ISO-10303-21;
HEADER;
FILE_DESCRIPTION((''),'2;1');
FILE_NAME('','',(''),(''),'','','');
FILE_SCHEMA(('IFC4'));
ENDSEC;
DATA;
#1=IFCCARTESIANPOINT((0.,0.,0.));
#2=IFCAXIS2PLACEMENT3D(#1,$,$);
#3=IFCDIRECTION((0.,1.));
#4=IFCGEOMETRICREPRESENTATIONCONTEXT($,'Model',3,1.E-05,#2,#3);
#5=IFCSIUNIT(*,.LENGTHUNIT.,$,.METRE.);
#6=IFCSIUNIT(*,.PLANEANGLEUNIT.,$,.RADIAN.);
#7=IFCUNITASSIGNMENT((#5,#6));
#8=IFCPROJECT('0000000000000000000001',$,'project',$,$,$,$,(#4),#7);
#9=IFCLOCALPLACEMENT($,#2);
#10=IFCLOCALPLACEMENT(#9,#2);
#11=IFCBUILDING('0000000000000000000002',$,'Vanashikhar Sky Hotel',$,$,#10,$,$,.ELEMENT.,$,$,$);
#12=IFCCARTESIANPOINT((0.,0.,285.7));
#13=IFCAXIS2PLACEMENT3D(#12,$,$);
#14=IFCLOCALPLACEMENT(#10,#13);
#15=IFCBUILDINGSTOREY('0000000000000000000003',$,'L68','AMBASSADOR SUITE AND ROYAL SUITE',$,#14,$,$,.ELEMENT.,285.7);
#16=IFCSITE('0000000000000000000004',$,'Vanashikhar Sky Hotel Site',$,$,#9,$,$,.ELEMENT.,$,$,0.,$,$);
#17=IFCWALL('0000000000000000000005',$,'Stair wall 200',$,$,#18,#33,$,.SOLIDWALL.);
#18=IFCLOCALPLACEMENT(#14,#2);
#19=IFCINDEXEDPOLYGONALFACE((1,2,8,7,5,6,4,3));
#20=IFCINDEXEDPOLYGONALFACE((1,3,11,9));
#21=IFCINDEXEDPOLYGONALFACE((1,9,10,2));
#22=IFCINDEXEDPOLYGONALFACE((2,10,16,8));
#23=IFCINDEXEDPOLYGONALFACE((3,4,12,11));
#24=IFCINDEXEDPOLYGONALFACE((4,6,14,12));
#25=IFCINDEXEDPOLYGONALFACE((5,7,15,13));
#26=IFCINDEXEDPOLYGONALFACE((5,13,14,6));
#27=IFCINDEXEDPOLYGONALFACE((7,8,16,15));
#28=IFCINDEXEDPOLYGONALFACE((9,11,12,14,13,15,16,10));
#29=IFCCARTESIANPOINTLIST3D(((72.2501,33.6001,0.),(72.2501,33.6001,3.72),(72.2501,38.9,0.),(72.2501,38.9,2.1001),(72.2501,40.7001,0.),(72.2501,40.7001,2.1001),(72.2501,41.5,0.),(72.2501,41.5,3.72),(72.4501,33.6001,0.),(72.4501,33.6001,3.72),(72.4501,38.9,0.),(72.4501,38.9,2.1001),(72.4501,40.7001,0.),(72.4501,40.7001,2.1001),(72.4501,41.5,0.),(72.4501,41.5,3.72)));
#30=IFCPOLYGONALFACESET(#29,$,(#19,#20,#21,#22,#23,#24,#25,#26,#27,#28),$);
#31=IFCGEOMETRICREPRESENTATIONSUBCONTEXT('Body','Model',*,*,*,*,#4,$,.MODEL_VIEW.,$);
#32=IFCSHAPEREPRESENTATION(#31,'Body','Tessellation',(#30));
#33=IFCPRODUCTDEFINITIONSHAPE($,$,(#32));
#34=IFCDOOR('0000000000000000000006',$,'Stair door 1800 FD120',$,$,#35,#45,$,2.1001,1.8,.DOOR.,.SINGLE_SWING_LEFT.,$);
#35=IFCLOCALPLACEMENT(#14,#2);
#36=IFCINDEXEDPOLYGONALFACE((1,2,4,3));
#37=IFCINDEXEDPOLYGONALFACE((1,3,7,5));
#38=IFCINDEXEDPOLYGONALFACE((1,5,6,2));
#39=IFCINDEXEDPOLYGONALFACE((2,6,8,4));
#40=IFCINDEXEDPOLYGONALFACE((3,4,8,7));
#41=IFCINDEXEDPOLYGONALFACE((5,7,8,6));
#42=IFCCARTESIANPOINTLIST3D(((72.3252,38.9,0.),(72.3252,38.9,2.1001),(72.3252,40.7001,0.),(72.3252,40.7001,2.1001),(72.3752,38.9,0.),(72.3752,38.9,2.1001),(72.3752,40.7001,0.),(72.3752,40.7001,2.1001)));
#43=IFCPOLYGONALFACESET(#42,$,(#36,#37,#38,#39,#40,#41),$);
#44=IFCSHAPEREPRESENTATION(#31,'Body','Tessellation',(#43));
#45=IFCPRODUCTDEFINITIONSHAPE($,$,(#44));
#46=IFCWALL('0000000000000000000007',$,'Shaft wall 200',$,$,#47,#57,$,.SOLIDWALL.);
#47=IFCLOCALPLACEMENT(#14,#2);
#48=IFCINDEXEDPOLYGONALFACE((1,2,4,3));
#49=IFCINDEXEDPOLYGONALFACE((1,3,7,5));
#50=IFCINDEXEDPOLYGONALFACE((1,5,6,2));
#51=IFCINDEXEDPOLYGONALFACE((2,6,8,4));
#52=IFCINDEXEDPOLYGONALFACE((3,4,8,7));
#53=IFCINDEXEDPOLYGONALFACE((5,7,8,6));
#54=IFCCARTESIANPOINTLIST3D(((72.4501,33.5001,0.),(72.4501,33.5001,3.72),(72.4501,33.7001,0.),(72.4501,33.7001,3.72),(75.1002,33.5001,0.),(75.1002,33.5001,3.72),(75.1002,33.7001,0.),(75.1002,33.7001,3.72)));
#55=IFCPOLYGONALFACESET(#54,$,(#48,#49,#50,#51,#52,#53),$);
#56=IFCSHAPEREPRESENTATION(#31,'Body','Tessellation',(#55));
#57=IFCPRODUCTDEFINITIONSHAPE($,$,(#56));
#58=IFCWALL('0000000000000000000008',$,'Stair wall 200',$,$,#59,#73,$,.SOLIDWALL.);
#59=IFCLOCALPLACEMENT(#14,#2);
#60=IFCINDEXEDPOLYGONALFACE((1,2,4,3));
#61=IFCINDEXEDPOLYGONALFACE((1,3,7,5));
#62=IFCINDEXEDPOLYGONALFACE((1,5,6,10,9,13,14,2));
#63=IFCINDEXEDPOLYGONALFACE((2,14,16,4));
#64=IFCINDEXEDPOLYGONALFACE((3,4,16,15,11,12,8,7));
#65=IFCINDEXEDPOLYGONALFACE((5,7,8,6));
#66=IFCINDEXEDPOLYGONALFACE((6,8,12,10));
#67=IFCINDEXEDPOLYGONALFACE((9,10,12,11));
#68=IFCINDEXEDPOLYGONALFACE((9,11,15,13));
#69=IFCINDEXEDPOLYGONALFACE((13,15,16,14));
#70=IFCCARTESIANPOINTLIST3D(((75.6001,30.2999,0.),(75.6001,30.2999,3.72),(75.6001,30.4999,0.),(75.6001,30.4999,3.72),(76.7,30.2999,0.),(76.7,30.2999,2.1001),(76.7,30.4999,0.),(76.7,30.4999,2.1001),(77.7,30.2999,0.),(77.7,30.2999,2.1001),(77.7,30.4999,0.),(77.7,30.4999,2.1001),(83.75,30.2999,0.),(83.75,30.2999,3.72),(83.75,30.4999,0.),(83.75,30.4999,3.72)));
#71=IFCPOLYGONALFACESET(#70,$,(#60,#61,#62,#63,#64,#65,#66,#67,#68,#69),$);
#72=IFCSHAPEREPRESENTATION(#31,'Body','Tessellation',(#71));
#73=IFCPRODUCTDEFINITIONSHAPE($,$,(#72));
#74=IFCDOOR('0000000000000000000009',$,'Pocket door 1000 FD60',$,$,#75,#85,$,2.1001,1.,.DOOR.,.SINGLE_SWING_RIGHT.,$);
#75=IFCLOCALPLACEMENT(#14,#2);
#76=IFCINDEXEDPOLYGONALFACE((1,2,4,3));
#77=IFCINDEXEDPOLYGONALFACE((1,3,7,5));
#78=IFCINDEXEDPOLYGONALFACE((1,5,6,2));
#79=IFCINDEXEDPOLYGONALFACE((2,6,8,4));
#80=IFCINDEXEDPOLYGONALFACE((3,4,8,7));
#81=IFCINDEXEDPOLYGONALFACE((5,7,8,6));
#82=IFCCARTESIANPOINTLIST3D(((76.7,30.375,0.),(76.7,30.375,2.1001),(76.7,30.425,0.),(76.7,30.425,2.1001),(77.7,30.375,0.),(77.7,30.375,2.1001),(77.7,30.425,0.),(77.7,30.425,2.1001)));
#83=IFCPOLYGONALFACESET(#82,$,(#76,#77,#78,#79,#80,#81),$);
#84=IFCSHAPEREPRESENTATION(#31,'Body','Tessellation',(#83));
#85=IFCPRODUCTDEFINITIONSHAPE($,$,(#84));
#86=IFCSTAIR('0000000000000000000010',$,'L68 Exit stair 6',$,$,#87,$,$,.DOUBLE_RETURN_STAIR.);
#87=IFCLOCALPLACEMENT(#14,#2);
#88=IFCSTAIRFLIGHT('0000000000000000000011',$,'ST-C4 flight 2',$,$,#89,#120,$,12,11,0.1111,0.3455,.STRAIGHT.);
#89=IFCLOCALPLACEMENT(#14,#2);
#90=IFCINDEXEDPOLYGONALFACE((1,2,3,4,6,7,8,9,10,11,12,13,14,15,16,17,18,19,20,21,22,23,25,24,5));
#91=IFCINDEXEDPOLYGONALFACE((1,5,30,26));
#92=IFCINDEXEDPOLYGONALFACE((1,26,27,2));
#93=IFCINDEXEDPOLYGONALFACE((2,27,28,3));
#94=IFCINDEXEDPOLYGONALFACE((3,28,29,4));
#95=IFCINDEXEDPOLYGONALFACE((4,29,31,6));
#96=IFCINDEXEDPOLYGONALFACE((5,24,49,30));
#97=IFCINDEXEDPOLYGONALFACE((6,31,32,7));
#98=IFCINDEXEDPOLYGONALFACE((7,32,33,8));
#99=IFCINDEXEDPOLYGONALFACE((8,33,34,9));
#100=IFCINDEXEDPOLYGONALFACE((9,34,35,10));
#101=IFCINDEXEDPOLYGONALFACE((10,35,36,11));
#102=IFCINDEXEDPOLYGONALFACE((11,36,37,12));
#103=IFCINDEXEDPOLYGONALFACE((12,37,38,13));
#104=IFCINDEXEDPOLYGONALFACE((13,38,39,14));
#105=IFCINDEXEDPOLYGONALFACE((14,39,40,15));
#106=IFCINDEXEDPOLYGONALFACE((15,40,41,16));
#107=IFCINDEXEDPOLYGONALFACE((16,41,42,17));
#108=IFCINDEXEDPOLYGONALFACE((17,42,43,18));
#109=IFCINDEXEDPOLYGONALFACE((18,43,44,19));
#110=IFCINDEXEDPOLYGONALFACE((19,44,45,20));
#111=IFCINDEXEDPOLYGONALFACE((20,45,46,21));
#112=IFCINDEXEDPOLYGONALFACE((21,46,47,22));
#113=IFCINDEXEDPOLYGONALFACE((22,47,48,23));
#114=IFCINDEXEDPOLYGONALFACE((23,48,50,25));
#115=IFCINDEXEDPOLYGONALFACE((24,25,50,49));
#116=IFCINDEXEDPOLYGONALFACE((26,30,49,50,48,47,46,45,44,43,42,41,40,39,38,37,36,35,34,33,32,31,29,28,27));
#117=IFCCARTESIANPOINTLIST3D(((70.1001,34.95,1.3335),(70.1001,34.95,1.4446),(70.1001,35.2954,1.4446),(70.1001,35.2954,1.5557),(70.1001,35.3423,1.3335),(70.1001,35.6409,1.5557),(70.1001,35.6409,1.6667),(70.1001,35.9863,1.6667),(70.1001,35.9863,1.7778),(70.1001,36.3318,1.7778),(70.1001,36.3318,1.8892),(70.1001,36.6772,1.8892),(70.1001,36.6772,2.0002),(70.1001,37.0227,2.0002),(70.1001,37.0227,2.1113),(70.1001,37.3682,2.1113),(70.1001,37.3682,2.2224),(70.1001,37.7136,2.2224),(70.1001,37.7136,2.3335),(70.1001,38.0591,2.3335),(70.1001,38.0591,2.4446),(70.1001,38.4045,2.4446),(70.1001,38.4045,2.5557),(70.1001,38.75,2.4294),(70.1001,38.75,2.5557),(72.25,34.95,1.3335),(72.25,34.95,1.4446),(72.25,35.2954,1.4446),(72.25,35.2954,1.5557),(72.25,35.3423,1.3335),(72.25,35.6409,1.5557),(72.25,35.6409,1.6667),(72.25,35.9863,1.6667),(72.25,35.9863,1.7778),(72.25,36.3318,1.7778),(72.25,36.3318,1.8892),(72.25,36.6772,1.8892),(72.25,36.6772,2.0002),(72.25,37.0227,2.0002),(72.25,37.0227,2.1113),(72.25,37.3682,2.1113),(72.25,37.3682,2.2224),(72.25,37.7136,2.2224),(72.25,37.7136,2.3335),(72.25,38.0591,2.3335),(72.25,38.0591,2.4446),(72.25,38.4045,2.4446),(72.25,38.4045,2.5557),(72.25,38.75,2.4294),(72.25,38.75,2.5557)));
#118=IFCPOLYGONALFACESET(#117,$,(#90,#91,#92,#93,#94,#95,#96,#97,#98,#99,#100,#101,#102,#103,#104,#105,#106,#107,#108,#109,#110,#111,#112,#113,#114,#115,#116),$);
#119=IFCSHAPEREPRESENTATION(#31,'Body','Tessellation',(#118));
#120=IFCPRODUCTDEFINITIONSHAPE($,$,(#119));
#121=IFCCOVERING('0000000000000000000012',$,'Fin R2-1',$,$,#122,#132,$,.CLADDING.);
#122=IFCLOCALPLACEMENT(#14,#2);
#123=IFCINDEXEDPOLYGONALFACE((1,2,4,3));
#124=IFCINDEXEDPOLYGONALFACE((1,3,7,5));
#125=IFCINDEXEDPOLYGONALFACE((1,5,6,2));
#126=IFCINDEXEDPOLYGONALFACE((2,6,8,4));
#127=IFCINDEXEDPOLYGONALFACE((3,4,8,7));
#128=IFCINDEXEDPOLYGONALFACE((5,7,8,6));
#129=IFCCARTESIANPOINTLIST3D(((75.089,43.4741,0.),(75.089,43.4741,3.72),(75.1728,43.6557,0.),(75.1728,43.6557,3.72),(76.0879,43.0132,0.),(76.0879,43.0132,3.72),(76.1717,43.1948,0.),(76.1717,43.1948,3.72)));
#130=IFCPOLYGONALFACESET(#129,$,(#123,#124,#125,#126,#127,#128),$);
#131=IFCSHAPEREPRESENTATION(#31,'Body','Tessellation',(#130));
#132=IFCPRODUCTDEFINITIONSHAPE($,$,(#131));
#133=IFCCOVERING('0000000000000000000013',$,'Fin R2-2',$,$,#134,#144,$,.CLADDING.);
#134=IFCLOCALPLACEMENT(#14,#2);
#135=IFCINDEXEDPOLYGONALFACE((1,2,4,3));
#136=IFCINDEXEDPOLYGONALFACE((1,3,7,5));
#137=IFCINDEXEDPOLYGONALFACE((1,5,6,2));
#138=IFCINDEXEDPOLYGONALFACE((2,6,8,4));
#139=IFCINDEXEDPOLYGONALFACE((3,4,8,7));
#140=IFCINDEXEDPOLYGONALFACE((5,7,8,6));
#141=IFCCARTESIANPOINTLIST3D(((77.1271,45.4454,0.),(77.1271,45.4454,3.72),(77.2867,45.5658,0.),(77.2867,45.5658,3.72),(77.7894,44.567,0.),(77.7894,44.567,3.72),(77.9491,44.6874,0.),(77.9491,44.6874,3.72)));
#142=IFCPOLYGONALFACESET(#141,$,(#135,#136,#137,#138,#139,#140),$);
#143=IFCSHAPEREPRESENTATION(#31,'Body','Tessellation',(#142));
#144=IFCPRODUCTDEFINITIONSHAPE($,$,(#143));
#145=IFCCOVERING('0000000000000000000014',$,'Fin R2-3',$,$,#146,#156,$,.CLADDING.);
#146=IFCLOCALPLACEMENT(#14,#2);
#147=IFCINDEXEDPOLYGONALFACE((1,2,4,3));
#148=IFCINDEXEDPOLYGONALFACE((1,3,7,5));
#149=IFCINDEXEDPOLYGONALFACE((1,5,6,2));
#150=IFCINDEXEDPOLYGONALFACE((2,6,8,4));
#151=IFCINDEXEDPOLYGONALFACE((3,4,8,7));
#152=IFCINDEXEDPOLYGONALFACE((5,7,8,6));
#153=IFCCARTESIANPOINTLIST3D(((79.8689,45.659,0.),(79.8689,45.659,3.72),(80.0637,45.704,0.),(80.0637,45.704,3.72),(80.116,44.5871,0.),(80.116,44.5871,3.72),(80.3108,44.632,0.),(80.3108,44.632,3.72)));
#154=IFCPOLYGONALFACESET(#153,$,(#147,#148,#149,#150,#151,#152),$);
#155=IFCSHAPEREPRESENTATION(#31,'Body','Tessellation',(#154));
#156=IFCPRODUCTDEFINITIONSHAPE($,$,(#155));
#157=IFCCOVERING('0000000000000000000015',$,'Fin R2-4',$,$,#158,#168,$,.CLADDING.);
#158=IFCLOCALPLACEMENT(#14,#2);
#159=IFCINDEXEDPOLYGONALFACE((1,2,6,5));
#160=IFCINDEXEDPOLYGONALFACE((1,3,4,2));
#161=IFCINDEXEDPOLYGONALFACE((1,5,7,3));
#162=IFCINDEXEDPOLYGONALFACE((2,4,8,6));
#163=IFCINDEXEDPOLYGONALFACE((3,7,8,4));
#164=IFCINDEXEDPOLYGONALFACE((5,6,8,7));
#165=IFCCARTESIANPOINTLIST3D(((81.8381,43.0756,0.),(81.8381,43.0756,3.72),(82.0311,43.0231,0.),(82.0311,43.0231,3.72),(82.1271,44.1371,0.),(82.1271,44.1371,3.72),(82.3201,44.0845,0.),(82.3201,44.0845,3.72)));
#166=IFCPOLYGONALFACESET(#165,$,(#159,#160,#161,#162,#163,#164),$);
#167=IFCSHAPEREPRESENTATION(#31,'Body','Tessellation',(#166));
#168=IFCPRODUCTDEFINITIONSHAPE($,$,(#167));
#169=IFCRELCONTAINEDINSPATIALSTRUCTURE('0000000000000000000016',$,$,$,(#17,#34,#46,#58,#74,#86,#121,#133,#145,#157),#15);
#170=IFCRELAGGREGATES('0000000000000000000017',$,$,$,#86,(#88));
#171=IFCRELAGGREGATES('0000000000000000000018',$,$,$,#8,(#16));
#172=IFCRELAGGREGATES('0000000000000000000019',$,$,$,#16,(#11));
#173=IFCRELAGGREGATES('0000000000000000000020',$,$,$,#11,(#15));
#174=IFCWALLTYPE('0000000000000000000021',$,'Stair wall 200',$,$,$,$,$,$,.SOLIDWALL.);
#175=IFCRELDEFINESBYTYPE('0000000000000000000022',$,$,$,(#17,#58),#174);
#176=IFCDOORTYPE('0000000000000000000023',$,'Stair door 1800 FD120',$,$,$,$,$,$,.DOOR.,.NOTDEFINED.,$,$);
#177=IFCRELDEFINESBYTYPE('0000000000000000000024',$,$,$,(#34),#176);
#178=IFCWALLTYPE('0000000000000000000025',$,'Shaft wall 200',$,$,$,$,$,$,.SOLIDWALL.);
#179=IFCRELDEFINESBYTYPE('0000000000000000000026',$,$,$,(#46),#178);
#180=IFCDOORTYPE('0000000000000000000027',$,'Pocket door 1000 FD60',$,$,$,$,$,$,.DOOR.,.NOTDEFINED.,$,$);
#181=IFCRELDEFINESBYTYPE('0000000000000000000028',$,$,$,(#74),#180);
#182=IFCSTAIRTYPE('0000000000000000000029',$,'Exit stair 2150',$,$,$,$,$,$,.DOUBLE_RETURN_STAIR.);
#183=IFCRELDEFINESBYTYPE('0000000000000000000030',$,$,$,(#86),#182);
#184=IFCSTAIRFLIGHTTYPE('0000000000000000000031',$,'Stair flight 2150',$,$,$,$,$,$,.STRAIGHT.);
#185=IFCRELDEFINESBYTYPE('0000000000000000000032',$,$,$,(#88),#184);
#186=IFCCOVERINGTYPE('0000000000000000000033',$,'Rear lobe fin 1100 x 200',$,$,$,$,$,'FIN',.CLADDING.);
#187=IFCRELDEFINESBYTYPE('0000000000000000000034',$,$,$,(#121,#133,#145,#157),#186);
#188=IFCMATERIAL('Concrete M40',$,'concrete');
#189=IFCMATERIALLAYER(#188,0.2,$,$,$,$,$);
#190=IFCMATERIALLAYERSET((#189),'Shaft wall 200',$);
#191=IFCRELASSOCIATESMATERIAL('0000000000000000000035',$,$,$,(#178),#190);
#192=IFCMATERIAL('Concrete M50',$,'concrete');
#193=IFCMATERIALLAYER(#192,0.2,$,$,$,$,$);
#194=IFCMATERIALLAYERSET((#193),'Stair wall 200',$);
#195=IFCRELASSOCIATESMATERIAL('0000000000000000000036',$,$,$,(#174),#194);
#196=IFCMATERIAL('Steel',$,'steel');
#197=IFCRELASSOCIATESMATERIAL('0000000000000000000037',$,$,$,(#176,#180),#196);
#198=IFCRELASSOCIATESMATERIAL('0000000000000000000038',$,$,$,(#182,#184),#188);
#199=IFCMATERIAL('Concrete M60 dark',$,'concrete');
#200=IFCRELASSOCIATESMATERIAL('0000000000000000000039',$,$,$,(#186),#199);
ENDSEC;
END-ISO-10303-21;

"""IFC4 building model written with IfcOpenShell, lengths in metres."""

from ifc_helpers import new_model, si_unit, direction, frame, frame_2d, origin, origin_2d, place, context, subcontext, project, spatial, polyline, rectangle, outline, extrude, source, transform, mapped, material, layer, layer_set, material_profile, profile_set, type_object, element, fill, aggregate, save


model = new_model("IFC4")

# Units and contexts
model_context = context("Model", 3, precision=1e-05, world=origin(), true_north=direction((0.0, 1.0)))
body_context = subcontext(model_context, "Body", "Model", "MODEL_VIEW")
ifc_project = project(units=[si_unit("LENGTHUNIT", "METRE"), si_unit("PLANEANGLEUNIT", "RADIAN")], contexts=[model_context])

# Site, building, storey
site_placement = place(None, origin())
site = spatial("IfcSite", under=ifc_project, at=site_placement, Name="Vanashikhar Sky Hotel Site", CompositionType="ELEMENT", RefElevation=0.0)
building_placement = place(site_placement, origin())
building = spatial("IfcBuilding", under=site, at=building_placement, Name="Vanashikhar Sky Hotel", CompositionType="ELEMENT")
storey_placement = place(building_placement, frame((0.0, 0.0, 285.7)))
storey = spatial("IfcBuildingStorey", under=building, at=storey_placement, Name="L68", Description="AMBASSADOR SUITE AND ROYAL SUITE", CompositionType="ELEMENT", Elevation=285.7)

# Shared definitions
ifc_material_1 = material(Name="Concrete M50", Category="concrete")

# Shared definitions
ifc_material_2 = material(Name="Concrete M40", Category="concrete")
ifc_layer_1 = layer(ifc_material_2, 0.2)
ifc_layer_set_1 = layer_set([ifc_layer_1], Name="Shaft wall 200")
wall_type_1 = type_object("IfcWallType", Name="Shaft wall 200", PredefinedType="SOLIDWALL", material=ifc_layer_set_1)

# Wall, opening, door
ifc_layer_2 = layer(ifc_material_1, 0.2)
ifc_layer_set_2 = layer_set([ifc_layer_2], Name="Stair wall 200")
wall_type_2 = type_object("IfcWallType", Name="Stair wall 200", PredefinedType="SOLIDWALL", material=ifc_layer_set_2)
shared_shape_1 = source(origin(), body_context, "Body", "SweptSolid", [
    extrude(rectangle(XDim=7.8999, YDim=0.2, at=frame_2d((3.95, 0.0))), origin(), (0.0, 0.0, 1.0), 3.72),
])
wall_1_placement = place(storey_placement, frame((72.3501, 33.6001, 0.0), z_axis=(0.0, 0.0, 1.0), x_axis=(0.0, 1.0, 0.0)))
wall_1 = element("IfcWall", 1, at=wall_1_placement, inside=storey, type_object=wall_type_2, Name="Stair wall 200", PredefinedType="SOLIDWALL", context=body_context, shape_type="MappedRepresentation", body=[
    mapped(shared_shape_1, transform((0.0, 0.0, 0.0), scale=1.0)),
])
shared_shape_2 = source(origin(), body_context, "Body", "SweptSolid", [
    extrude(rectangle(XDim=1.8, YDim=2.1001, at=frame_2d((0.8999, 1.05))), frame((0.0, 0.1099, 0.0), z_axis=(0.0, -1.0, 0.0), x_axis=(1.0, 0.0, 0.0)), (0.0, 0.0, 1.0), 0.22),
])
opening_1_placement = place(wall_1_placement, frame((5.3, 0.0, 0.0)))
opening_1 = element("IfcOpeningElement", 2, at=opening_1_placement, cuts=wall_1, PredefinedType="OPENING", context=body_context, shape_type="MappedRepresentation", body=[
    mapped(shared_shape_2, transform((0.0, 0.0, 0.0), scale=1.0)),
])
ifc_material_3 = material(Name="Steel", Category="steel")
door_type_1 = type_object("IfcDoorType", Name="Stair door 1800 FD120", OperationType="NOTDEFINED", PredefinedType="DOOR", material=ifc_material_3)
shared_shape_3 = source(origin(), body_context, "Body", "SweptSolid", [
    extrude(rectangle(XDim=1.8, YDim=2.1001, at=frame_2d((0.8999, 1.05))), frame((0.0, 0.0249, 0.0), z_axis=(0.0, -1.0, 0.0), x_axis=(1.0, 0.0, 0.0)), (0.0, 0.0, 1.0), 0.05),
])
door_1_placement = place(opening_1_placement, origin())
door_1 = element("IfcDoor", 3, at=door_1_placement, inside=storey, type_object=door_type_1, Name="Stair door 1800 FD120", OperationType="SINGLE_SWING_LEFT", OverallHeight=2.1001, OverallWidth=1.8, PredefinedType="DOOR", context=body_context, shape_type="MappedRepresentation", body=[
    mapped(shared_shape_3, transform((0.0, 0.0, 0.0), scale=1.0)),
])
fill(opening_1, door_1)

# Wall
shared_shape_4 = source(origin(), body_context, "Body", "SweptSolid", [
    extrude(rectangle(XDim=2.6501, YDim=0.2, at=frame_2d((1.3252, 0.0))), origin(), (0.0, 0.0, 1.0), 3.72),
])
wall_2_placement = place(storey_placement, frame((72.45, 33.6001, 0.0), z_axis=(0.0, 0.0, 1.0), x_axis=(1.0, 0.0, 0.0)))
element("IfcWall", 4, at=wall_2_placement, inside=storey, type_object=wall_type_1, Name="Shaft wall 200", PredefinedType="SOLIDWALL", context=body_context, shape_type="MappedRepresentation", body=[
    mapped(shared_shape_4, transform((0.0, 0.0, 0.0), scale=1.0)),
])

# Wall, opening, door
shared_shape_5 = source(origin(), body_context, "Body", "SweptSolid", [
    extrude(rectangle(XDim=8.1499, YDim=0.2, at=frame_2d((4.075, 0.0))), origin(), (0.0, 0.0, 1.0), 3.72),
])
wall_3_placement = place(storey_placement, frame((83.75, 30.3999, 0.0), z_axis=(0.0, 0.0, 1.0), x_axis=(-1.0, 0.0, 0.0)))
wall_3 = element("IfcWall", 5, at=wall_3_placement, inside=storey, type_object=wall_type_2, Name="Stair wall 200", PredefinedType="SOLIDWALL", context=body_context, shape_type="MappedRepresentation", body=[
    mapped(shared_shape_5, transform((0.0, 0.0, 0.0), scale=1.0)),
])
shared_shape_6 = source(origin(), body_context, "Body", "SweptSolid", [
    extrude(rectangle(XDim=1.0, YDim=2.1001, at=frame_2d((0.5, 1.05))), frame((0.0, 0.1099, 0.0), z_axis=(0.0, -1.0, 0.0), x_axis=(1.0, 0.0, 0.0)), (0.0, 0.0, 1.0), 0.22),
])
opening_2_placement = place(wall_3_placement, frame((6.05, 0.0, 0.0)))
opening_2 = element("IfcOpeningElement", 6, at=opening_2_placement, cuts=wall_3, PredefinedType="OPENING", context=body_context, shape_type="MappedRepresentation", body=[
    mapped(shared_shape_6, transform((0.0, 0.0, 0.0), scale=1.0)),
])
door_type_2 = type_object("IfcDoorType", Name="Pocket door 1000 FD60", OperationType="NOTDEFINED", PredefinedType="DOOR", material=ifc_material_3)
shared_shape_7 = source(origin(), body_context, "Body", "SweptSolid", [
    extrude(rectangle(XDim=1.0, YDim=2.1001, at=frame_2d((0.5, 1.05))), frame((0.0, 0.0249, 0.0), z_axis=(0.0, -1.0, 0.0), x_axis=(1.0, 0.0, 0.0)), (0.0, 0.0, 1.0), 0.05),
])
door_2_placement = place(opening_2_placement, origin())
door_2 = element("IfcDoor", 7, at=door_2_placement, inside=storey, type_object=door_type_2, Name="Pocket door 1000 FD60", OperationType="SINGLE_SWING_RIGHT", OverallHeight=2.1001, OverallWidth=1.0, PredefinedType="DOOR", context=body_context, shape_type="MappedRepresentation", body=[
    mapped(shared_shape_7, transform((0.0, 0.0, 0.0), scale=1.0)),
])
fill(opening_2, door_2)

# Stair, stair flight
stair_type = type_object("IfcStairType", Name="Exit stair 2150", PredefinedType="DOUBLE_RETURN_STAIR", material=ifc_material_2)
stair_placement = place(storey_placement, origin())
stair = element("IfcStair", 8, at=stair_placement, inside=storey, type_object=stair_type, Name="L68 Exit stair 6", PredefinedType="DOUBLE_RETURN_STAIR")
stair_flight_type = type_object("IfcStairFlightType", Name="Stair flight 2150", PredefinedType="STRAIGHT", material=ifc_material_2)
shared_shape_8 = source(origin(), body_context, "Body", "SweptSolid", [
    extrude(outline(polyline([(0.0, 0.0), (0.0, 0.1111), (0.3455, 0.1111), (0.3455, 0.2222), (0.6909, 0.2222), (0.6909, 0.3333), (1.0364, 0.3333), (1.0364, 0.4443), (1.3818, 0.4443), (1.3818, 0.5557), (1.7273, 0.5557), (1.7273, 0.6667), (2.0728, 0.6667), (2.0728, 0.7778), (2.4182, 0.7778), (2.4182, 0.8889), (2.7637, 0.8889), (2.7637, 1.0), (3.1091, 1.0), (3.1091, 1.1111), (3.4546, 1.1111), (3.4546, 1.2222), (3.8, 1.2222), (3.8, 1.3333), (3.8, 1.0959), (0.3923, 0.0), (0.0, 0.0)])), frame((0.0, 1.075, 0.0), z_axis=(0.0, -1.0, 0.0), x_axis=(1.0, 0.0, 0.0)), (0.0, 0.0, 1.0), 2.1499),
])
stair_flight_placement = place(storey_placement, frame((71.175, 34.95, 1.3335), z_axis=(0.0, 0.0, 1.0), x_axis=(0.0, 1.0, 0.0)))
stair_flight = element("IfcStairFlight", 9, at=stair_flight_placement, type_object=stair_flight_type, Name="ST-C4 flight 2", NumberOfRisers=12, NumberOfTreads=11, PredefinedType="STRAIGHT", RiserHeight=0.1111, TreadLength=0.3455, context=body_context, shape_type="MappedRepresentation", body=[
    mapped(shared_shape_8, transform((0.0, 0.0, 0.0), scale=1.0)),
])
aggregate(stair, [stair_flight])

# Coverings
ifc_material_4 = material(Name="Concrete M60 dark", Category="concrete")
ifc_material_profile = material_profile(ifc_material_4, rectangle(XDim=1.1001, YDim=0.2, at=origin_2d()))
ifc_profile_set = profile_set([ifc_material_profile], Name="Rear lobe fin 1100 x 200")
covering_type = type_object("IfcCoveringType", Name="Rear lobe fin 1100 x 200", ElementType="FIN", PredefinedType="CLADDING", material=ifc_profile_set)
shared_shape_9 = source(origin(), body_context, "Body", "SweptSolid", [
    extrude(rectangle(XDim=1.1001, YDim=0.2, at=origin_2d()), origin(), (0.0, 0.0, 1.0), 3.72),
])
for number, where, z_axis, x_axis, name in (
    (10, (75.6304, 43.3345, 0.0), (0.0, 0.0, 1.0), (-0.908004, 0.418961, 0.0), "Fin R2-1"),
    (11, (77.5381, 45.0664, 0.0), (0.0, 0.0, 1.0), (-0.602066, 0.798446, 0.0), "Fin R2-2"),
    (12, (80.0898, 45.1455, 0.0), (0.0, 0.0, 1.0), (-0.224645, 0.974441, 0.0), "Fin R2-3"),
    (13, (82.0791, 43.5801, 0.0), (0.0, 0.0, 1.0), (0.262711, 0.964874, 0.0), "Fin R2-4"),
):
    element("IfcCovering", number, at=place(storey_placement, frame(where, z_axis=z_axis, x_axis=x_axis)), inside=storey, type_object=covering_type, Name=name, PredefinedType="CLADDING", context=body_context, shape_type="MappedRepresentation", body=[
        mapped(shared_shape_9, transform((0.0, 0.0, 0.0), scale=1.0)),
    ])

save(model, "model.ifc")
